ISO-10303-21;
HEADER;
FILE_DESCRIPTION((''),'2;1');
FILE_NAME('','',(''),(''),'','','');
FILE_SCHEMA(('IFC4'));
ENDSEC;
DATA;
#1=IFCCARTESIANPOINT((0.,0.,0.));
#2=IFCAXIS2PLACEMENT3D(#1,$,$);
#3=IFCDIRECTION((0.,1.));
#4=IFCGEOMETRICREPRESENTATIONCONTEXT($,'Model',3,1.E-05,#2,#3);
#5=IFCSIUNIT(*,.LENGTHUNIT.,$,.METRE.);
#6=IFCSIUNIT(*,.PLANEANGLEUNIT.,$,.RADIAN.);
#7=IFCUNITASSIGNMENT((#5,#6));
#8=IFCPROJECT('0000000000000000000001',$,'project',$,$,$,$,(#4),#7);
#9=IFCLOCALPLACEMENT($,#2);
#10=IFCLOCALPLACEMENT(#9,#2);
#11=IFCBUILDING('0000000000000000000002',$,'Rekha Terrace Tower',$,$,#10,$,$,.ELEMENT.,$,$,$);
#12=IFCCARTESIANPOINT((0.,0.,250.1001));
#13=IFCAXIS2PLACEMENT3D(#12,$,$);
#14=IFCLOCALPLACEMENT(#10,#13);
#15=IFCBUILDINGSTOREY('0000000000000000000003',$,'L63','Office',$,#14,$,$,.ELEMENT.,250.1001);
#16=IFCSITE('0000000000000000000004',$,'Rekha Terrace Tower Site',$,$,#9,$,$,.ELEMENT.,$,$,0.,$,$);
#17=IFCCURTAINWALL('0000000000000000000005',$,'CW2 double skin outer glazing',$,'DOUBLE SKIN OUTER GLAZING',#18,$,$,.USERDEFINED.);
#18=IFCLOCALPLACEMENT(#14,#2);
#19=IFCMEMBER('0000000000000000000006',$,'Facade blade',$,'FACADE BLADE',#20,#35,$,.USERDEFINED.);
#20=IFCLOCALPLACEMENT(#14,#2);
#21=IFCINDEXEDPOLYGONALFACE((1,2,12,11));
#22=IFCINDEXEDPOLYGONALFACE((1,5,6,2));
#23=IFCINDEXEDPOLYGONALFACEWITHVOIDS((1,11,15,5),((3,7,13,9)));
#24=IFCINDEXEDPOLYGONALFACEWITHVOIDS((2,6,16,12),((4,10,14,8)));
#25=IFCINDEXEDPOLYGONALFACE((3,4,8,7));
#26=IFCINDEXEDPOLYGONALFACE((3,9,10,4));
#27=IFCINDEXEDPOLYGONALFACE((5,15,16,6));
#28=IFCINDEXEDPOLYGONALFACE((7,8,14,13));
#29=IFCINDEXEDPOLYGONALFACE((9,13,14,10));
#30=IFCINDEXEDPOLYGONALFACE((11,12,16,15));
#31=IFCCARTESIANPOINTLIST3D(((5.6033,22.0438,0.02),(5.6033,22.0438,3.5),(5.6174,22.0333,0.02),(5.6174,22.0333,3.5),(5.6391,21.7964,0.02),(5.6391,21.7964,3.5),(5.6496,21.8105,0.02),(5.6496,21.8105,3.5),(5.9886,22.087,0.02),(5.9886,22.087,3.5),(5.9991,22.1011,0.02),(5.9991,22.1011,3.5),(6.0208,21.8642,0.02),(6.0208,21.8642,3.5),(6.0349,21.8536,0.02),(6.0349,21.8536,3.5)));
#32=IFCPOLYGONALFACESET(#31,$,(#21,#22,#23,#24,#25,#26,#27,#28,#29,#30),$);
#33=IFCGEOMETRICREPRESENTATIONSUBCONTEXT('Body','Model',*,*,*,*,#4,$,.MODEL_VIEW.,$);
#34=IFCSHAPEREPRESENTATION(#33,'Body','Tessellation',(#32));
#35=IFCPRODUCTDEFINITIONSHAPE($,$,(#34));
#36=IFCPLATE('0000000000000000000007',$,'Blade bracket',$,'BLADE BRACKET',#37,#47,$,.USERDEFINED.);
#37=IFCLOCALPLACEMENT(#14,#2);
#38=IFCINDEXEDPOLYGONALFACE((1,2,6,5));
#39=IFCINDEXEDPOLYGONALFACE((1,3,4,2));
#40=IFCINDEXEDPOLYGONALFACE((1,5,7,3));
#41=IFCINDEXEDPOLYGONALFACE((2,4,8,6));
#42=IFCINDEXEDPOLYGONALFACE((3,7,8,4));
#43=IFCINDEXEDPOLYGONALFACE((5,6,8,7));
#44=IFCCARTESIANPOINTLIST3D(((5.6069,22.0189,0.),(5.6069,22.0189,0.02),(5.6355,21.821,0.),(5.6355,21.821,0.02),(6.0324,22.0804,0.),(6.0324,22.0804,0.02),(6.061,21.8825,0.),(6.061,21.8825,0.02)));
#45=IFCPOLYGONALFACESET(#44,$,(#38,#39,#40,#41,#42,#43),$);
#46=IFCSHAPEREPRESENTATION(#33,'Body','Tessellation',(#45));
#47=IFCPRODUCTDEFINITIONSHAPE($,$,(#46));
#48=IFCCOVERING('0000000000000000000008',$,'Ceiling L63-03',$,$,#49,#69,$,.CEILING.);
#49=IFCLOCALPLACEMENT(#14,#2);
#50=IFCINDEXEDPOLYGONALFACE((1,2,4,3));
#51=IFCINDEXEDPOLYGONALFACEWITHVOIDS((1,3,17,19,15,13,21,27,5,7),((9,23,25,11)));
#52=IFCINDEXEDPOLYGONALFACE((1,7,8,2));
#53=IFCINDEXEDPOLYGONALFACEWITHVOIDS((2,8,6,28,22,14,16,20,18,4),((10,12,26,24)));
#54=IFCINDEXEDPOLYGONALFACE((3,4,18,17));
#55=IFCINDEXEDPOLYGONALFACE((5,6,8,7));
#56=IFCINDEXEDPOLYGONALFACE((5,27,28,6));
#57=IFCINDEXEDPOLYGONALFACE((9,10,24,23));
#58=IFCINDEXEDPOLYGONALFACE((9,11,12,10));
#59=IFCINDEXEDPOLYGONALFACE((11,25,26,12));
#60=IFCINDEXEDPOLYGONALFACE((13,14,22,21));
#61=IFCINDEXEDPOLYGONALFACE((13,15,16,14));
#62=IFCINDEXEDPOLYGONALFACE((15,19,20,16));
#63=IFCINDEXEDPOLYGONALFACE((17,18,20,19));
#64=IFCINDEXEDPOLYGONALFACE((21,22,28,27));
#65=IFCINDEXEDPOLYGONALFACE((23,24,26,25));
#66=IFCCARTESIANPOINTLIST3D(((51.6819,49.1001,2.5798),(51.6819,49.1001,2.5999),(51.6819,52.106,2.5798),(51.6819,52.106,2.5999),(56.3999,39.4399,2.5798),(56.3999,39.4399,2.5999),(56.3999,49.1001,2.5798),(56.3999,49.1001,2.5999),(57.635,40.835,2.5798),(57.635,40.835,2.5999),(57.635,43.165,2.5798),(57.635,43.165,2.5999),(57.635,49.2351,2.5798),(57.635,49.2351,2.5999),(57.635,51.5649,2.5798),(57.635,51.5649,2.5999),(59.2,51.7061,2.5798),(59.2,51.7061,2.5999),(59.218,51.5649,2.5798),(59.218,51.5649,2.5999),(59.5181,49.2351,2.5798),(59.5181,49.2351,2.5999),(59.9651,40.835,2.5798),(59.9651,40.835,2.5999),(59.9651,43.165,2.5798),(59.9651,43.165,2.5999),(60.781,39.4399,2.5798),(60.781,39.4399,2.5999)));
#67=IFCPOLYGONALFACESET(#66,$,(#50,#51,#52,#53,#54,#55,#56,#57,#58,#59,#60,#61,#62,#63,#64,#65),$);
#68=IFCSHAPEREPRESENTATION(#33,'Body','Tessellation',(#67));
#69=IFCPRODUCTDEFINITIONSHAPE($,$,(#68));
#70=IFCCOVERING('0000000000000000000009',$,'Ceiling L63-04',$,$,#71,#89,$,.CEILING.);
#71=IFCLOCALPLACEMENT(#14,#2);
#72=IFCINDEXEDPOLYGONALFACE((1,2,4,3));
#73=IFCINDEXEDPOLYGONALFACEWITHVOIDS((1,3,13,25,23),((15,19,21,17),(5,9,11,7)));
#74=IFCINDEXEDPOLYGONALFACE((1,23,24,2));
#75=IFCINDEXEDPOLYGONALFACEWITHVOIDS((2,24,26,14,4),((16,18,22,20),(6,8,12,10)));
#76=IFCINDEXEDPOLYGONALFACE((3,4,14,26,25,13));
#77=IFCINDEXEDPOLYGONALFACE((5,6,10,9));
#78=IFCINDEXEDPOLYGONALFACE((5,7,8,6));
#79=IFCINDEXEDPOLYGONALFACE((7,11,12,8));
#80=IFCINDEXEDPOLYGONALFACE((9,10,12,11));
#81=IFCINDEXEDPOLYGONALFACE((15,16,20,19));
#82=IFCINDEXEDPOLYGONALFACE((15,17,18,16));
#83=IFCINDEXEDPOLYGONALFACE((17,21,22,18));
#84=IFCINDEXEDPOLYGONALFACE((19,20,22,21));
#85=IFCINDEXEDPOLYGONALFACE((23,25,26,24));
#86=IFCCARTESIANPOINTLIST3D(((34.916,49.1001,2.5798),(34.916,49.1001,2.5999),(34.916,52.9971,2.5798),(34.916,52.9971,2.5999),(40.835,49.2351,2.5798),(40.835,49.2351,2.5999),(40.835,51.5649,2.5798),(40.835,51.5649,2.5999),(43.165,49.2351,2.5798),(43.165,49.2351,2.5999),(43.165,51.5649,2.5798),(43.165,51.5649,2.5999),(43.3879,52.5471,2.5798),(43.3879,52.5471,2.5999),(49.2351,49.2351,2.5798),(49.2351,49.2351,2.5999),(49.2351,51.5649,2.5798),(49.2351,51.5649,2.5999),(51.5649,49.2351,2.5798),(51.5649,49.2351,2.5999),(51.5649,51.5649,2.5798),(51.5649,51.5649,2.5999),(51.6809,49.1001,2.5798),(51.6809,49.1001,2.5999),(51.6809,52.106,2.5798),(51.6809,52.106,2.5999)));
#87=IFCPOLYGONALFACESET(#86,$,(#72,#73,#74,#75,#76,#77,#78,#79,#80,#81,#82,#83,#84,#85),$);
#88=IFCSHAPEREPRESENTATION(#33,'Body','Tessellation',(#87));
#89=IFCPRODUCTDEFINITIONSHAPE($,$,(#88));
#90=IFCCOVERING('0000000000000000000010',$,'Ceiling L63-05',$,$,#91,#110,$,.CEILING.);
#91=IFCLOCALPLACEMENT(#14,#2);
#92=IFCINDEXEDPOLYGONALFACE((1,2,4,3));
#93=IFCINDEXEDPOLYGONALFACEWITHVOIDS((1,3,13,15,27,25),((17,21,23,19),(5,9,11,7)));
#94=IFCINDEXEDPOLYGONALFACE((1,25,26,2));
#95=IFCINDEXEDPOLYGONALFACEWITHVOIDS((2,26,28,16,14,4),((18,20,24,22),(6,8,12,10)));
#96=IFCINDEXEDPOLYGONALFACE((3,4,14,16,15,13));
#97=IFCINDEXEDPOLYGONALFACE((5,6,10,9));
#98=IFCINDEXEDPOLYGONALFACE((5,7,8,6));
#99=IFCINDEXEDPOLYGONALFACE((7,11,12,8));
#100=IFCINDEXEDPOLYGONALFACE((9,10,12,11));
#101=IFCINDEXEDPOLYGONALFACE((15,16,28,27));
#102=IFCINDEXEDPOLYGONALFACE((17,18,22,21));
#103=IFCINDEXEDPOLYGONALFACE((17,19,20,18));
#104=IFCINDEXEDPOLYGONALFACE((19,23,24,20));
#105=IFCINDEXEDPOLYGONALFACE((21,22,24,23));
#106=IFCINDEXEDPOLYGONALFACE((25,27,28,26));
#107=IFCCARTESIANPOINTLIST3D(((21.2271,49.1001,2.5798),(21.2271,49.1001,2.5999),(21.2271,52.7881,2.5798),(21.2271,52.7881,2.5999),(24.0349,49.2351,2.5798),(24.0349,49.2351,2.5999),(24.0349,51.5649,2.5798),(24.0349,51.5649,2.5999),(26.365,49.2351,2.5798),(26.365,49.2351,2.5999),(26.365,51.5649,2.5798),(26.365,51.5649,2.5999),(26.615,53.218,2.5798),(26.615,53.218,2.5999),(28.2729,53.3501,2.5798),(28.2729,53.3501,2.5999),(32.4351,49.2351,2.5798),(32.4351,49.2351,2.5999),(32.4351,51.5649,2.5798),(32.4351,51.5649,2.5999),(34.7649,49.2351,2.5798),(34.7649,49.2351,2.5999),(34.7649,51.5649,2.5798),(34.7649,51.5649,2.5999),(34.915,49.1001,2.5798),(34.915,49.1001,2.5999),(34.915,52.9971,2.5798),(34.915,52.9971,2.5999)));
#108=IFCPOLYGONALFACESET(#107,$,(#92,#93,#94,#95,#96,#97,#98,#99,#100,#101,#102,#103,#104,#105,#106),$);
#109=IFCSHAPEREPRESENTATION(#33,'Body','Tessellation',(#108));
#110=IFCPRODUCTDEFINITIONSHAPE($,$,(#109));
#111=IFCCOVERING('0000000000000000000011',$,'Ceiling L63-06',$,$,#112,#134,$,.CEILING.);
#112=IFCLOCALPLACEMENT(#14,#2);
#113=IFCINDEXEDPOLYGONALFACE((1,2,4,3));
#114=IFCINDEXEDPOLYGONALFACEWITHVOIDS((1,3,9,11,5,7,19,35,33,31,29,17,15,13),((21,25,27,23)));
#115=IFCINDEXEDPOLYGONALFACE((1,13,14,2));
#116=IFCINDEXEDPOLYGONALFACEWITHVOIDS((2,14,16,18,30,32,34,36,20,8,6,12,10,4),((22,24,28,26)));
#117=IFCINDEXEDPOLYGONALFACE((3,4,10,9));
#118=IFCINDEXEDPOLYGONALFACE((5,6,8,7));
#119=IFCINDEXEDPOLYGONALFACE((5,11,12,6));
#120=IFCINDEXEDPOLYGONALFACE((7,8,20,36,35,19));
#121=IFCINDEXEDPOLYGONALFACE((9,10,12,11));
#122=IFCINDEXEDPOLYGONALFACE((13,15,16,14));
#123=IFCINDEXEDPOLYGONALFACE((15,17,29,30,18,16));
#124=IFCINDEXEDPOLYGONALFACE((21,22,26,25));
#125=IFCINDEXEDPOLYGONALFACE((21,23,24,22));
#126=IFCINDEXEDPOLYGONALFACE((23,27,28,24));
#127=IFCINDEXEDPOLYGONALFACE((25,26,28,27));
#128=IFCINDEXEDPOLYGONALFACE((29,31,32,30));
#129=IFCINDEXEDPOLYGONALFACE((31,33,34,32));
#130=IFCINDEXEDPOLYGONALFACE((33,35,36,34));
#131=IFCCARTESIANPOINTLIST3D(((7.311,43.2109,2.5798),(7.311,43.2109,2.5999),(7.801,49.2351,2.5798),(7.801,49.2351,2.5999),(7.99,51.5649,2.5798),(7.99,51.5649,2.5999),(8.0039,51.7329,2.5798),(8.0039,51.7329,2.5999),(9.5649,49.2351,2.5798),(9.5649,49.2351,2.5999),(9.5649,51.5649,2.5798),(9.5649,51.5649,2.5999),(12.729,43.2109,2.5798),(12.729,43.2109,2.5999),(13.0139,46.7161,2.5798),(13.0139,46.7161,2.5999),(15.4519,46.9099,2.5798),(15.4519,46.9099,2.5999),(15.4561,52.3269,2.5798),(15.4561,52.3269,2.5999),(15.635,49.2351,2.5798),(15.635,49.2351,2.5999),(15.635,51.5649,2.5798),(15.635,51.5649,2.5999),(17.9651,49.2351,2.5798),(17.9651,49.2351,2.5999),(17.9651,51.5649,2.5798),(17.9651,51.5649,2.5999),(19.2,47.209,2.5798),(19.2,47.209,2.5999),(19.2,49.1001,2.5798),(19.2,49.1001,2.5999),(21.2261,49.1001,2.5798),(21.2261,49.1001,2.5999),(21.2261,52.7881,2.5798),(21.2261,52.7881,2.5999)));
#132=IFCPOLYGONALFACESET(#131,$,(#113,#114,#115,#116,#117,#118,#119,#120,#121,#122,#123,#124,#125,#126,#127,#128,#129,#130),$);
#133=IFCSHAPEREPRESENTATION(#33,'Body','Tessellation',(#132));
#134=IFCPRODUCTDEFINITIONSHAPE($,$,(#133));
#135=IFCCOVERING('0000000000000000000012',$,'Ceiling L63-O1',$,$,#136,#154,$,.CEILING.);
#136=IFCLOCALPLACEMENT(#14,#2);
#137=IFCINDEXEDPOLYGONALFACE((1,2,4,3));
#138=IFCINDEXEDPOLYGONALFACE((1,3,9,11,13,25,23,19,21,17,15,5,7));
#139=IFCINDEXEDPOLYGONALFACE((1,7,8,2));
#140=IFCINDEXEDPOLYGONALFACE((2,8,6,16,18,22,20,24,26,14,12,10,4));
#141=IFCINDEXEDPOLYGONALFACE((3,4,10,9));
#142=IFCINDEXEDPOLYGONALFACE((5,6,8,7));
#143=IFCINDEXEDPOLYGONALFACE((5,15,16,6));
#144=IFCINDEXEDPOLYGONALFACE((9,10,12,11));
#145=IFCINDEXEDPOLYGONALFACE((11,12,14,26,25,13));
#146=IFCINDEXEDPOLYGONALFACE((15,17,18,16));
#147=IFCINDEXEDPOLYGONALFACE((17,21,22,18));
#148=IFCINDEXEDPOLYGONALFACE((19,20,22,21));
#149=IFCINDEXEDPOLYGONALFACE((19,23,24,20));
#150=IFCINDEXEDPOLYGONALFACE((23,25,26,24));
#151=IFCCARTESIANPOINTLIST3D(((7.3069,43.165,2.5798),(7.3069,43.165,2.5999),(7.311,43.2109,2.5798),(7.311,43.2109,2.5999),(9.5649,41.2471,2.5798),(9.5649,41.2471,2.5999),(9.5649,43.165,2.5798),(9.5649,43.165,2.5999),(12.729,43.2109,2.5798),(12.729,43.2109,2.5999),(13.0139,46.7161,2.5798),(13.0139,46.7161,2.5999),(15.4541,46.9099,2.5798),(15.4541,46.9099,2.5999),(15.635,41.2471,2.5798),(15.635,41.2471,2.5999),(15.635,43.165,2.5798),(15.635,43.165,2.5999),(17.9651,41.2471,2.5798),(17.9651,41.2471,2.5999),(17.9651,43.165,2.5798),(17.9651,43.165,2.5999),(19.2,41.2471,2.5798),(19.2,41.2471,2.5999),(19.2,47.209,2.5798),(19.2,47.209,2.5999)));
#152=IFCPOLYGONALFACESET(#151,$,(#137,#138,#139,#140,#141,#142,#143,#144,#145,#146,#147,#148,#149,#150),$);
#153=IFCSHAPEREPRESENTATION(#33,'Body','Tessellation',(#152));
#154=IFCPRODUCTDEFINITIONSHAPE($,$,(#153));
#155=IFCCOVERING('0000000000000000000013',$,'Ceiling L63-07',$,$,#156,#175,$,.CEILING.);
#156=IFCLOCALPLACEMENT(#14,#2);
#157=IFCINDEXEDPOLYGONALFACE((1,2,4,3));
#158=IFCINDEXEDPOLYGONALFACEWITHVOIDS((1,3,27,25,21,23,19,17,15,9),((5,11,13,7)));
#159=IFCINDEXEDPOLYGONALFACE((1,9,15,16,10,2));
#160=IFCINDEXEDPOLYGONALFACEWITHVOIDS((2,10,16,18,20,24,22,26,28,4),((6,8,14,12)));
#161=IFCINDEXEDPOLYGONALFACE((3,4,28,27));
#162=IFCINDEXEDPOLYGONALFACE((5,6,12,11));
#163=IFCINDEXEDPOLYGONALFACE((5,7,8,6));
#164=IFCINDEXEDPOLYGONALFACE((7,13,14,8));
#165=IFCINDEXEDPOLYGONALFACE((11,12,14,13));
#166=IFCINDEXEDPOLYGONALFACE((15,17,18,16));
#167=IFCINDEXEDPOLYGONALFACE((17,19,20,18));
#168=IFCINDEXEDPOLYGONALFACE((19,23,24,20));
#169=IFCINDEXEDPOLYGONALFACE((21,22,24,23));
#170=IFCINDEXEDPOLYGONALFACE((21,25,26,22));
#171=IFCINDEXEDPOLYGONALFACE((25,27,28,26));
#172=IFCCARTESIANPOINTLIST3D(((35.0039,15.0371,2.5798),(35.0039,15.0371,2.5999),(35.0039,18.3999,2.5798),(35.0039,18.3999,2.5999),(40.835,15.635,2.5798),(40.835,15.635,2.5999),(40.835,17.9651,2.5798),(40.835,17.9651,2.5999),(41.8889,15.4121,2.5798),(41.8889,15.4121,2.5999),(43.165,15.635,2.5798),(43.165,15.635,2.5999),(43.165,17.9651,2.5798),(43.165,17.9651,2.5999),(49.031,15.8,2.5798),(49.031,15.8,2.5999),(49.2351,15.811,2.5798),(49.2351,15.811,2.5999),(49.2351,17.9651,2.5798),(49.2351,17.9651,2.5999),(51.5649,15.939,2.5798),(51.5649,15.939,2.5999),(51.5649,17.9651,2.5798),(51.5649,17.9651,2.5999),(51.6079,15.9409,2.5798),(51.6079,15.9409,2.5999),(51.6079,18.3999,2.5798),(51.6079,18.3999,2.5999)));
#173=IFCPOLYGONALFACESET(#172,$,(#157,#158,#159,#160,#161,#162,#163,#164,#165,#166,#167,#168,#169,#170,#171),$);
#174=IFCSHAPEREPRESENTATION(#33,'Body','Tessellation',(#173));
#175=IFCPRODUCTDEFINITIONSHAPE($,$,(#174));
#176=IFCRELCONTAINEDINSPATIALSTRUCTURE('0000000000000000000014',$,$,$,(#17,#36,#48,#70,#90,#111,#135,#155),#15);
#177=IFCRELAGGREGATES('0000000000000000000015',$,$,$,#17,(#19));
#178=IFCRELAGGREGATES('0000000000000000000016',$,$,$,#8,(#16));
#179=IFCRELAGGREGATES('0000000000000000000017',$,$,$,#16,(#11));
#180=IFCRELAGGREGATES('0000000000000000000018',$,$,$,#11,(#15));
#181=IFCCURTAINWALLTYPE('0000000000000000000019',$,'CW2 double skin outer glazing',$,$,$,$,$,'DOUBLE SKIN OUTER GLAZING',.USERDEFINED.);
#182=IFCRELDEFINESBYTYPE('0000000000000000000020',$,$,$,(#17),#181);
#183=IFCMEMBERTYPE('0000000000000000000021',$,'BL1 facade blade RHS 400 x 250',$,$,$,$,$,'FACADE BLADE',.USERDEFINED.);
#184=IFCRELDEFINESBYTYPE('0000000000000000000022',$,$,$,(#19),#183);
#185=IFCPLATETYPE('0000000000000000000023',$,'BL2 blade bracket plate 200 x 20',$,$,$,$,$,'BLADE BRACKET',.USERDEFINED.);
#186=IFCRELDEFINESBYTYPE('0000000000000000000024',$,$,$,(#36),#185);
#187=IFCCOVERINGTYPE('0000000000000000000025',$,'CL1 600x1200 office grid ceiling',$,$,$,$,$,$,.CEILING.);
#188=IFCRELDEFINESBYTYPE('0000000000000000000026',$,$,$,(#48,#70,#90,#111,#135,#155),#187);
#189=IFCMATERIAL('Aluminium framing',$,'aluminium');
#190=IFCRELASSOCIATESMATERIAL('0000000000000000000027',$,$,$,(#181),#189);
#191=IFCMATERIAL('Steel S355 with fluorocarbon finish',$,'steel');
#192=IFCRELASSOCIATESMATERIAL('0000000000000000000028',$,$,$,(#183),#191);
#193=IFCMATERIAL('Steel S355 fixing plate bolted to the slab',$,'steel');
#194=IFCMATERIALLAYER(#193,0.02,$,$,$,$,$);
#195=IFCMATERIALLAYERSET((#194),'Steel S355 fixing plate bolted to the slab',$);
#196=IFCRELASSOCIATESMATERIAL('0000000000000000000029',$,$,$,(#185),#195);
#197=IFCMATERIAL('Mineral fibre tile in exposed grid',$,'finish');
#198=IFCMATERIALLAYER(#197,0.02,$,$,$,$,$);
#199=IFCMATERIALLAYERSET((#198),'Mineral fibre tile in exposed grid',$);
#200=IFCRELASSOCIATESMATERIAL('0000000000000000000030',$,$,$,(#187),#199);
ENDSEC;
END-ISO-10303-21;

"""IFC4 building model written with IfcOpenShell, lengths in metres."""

from ifc_helpers import new_model, si_unit, direction, frame, origin, origin_2d, place, context, subcontext, project, spatial, polyline, rectangle, hollow_rectangle, outline, extrude, material, layer, layer_set, material_profile, profile_set, type_object, element, aggregate, save


model = new_model("IFC4")

# Units and contexts
model_context = context("Model", 3, precision=1e-05, world=origin(), true_north=direction((0.0, 1.0)))
body_context = subcontext(model_context, "Body", "Model", "MODEL_VIEW")
ifc_project = project(units=[si_unit("LENGTHUNIT", "METRE"), si_unit("PLANEANGLEUNIT", "RADIAN")], contexts=[model_context])

# Site, building, storey
site_placement = place(None, origin())
site = spatial("IfcSite", under=ifc_project, at=site_placement, Name="Rekha Terrace Tower Site", CompositionType="ELEMENT", RefElevation=0.0)
building_placement = place(site_placement, origin())
building = spatial("IfcBuilding", under=site, at=building_placement, Name="Rekha Terrace Tower", CompositionType="ELEMENT")
storey_placement = place(building_placement, frame((0.0, 0.0, 250.1001)))
storey = spatial("IfcBuildingStorey", under=building, at=storey_placement, Name="L63", Description="Office", CompositionType="ELEMENT", Elevation=250.1001)

# Curtain wall, member
ifc_material_1 = material(Name="Aluminium framing", Category="aluminium")
curtain_wall_type = type_object("IfcCurtainWallType", Name="CW2 double skin outer glazing", ElementType="DOUBLE SKIN OUTER GLAZING", PredefinedType="USERDEFINED", material=ifc_material_1)
curtain_wall_placement = place(storey_placement, origin())
curtain_wall = element("IfcCurtainWall", 1, at=curtain_wall_placement, inside=storey, type_object=curtain_wall_type, Name="CW2 double skin outer glazing", ObjectType="DOUBLE SKIN OUTER GLAZING", PredefinedType="USERDEFINED")
ifc_material_2 = material(Name="Steel S355 with fluorocarbon finish", Category="steel")
ifc_material_profile = material_profile(ifc_material_2, hollow_rectangle(XDim=0.25, YDim=0.3999, WallThickness=0.0125, at=origin_2d()), Name="RHS400x250x12.5")
ifc_profile_set = profile_set([ifc_material_profile], Name="Steel S355 with fluorocarbon finish")
member_type = type_object("IfcMemberType", Name="BL1 facade blade RHS 400 x 250", ElementType="FACADE BLADE", PredefinedType="USERDEFINED", material=ifc_profile_set)
member_placement = place(storey_placement, frame((5.8191, 21.9487, 0.02), z_axis=(0.0, 0.0, 1.0), x_axis=(0.143109, -0.989707, 0.0)))
member = element("IfcMember", 2, at=member_placement, type_object=member_type, Name="Facade blade", ObjectType="FACADE BLADE", PredefinedType="USERDEFINED", context=body_context, shape_type="SweptSolid", body=[
    extrude(hollow_rectangle(XDim=0.25, YDim=0.3999, WallThickness=0.0125, at=origin_2d()), origin(), (0.0, 0.0, 1.0), 3.48),
])
aggregate(curtain_wall, [member])

# Plate
ifc_material_3 = material(Name="Steel S355 fixing plate bolted to the slab", Category="steel")
ifc_layer_1 = layer(ifc_material_3, 0.02)
ifc_layer_set_1 = layer_set([ifc_layer_1], Name="Steel S355 fixing plate bolted to the slab")
plate_type = type_object("IfcPlateType", Name="BL2 blade bracket plate 200 x 20", ElementType="BLADE BRACKET", PredefinedType="USERDEFINED", material=ifc_layer_set_1)
plate_placement = place(storey_placement, frame((5.834, 21.9507, 0.0), z_axis=(0.0, 0.0, 1.0), x_axis=(-0.989707, -0.143109, 0.0)))
element("IfcPlate", 3, at=plate_placement, inside=storey, type_object=plate_type, Name="Blade bracket", ObjectType="BLADE BRACKET", PredefinedType="USERDEFINED", context=body_context, shape_type="SweptSolid", body=[
    extrude(rectangle(XDim=0.4299, YDim=0.2, at=origin_2d()), origin(), (0.0, 0.0, 1.0), 0.02),
])

# Coverings
ifc_material_4 = material(Name="Mineral fibre tile in exposed grid", Category="finish")
ifc_layer_2 = layer(ifc_material_4, 0.02)
ifc_layer_set_2 = layer_set([ifc_layer_2], Name="Mineral fibre tile in exposed grid")
covering_type_1 = type_object("IfcCoveringType", Name="CL1 600x1200 office grid ceiling", PredefinedType="CEILING", material=ifc_layer_set_2)
covering_1_placement = place(storey_placement, frame((0.0, 0.0, 2.5798)))
element("IfcCovering", 4, at=covering_1_placement, inside=storey, type_object=covering_type_1, Name="Ceiling L63-03", PredefinedType="CEILING", context=body_context, shape_type="SweptSolid", body=[
    extrude(outline(polyline([(59.2, 51.7061), (51.6819, 52.106), (51.6819, 49.1001), (56.3999, 49.1001), (56.3999, 39.4399), (60.781, 39.4399), (59.5181, 49.2351), (57.635, 49.2351), (57.635, 51.5649), (59.218, 51.5649), (59.2, 51.7061)]), holes=[polyline([(59.9651, 40.835), (57.635, 40.835), (57.635, 43.165), (59.9651, 43.165), (59.9651, 40.835)])]), origin(), (0.0, 0.0, 1.0), 0.02),
])
covering_2_placement = place(storey_placement, frame((0.0, 0.0, 2.5798)))
element("IfcCovering", 5, at=covering_2_placement, inside=storey, type_object=covering_type_1, Name="Ceiling L63-04", PredefinedType="CEILING", context=body_context, shape_type="SweptSolid", body=[
    extrude(outline(polyline([(51.6809, 52.106), (43.3879, 52.5471), (34.916, 52.9971), (34.916, 49.1001), (51.6809, 49.1001), (51.6809, 52.106)]), holes=[polyline([(51.5649, 51.5649), (51.5649, 49.2351), (49.2351, 49.2351), (49.2351, 51.5649), (51.5649, 51.5649)]), polyline([(43.165, 49.2351), (40.835, 49.2351), (40.835, 51.5649), (43.165, 51.5649), (43.165, 49.2351)])]), origin(), (0.0, 0.0, 1.0), 0.02),
])
covering_3_placement = place(storey_placement, frame((0.0, 0.0, 2.5798)))
element("IfcCovering", 6, at=covering_3_placement, inside=storey, type_object=covering_type_1, Name="Ceiling L63-05", PredefinedType="CEILING", context=body_context, shape_type="SweptSolid", body=[
    extrude(outline(polyline([(28.2729, 53.3501), (26.615, 53.218), (21.2271, 52.7881), (21.2271, 49.1001), (34.915, 49.1001), (34.915, 52.9971), (28.2729, 53.3501)]), holes=[polyline([(34.7649, 49.2351), (32.4351, 49.2351), (32.4351, 51.5649), (34.7649, 51.5649), (34.7649, 49.2351)]), polyline([(26.365, 51.5649), (26.365, 49.2351), (24.0349, 49.2351), (24.0349, 51.5649), (26.365, 51.5649)])]), origin(), (0.0, 0.0, 1.0), 0.02),
])
covering_4_placement = place(storey_placement, frame((0.0, 0.0, 2.5798)))
element("IfcCovering", 7, at=covering_4_placement, inside=storey, type_object=covering_type_1, Name="Ceiling L63-06", PredefinedType="CEILING", context=body_context, shape_type="SweptSolid", body=[
    extrude(outline(polyline([(7.801, 49.2351), (7.311, 43.2109), (12.729, 43.2109), (13.0139, 46.7161), (15.4519, 46.9099), (19.2, 47.209), (19.2, 49.1001), (21.2261, 49.1001), (21.2261, 52.7881), (15.4561, 52.3269), (8.0039, 51.7329), (7.99, 51.5649), (9.5649, 51.5649), (9.5649, 49.2351), (7.801, 49.2351)]), holes=[polyline([(17.9651, 49.2351), (15.635, 49.2351), (15.635, 51.5649), (17.9651, 51.5649), (17.9651, 49.2351)])]), origin(), (0.0, 0.0, 1.0), 0.02),
])
covering_5_placement = place(storey_placement, frame((0.0, 0.0, 2.5798)))
element("IfcCovering", 8, at=covering_5_placement, inside=storey, type_object=covering_type_1, Name="Ceiling L63-O1", PredefinedType="CEILING", context=body_context, shape_type="SweptSolid", body=[
    extrude(outline(polyline([(19.2, 47.209), (15.4541, 46.9099), (13.0139, 46.7161), (12.729, 43.2109), (7.311, 43.2109), (7.3069, 43.165), (9.5649, 43.165), (9.5649, 41.2471), (15.635, 41.2471), (15.635, 43.165), (17.9651, 43.165), (17.9651, 41.2471), (19.2, 41.2471), (19.2, 47.209)])), origin(), (0.0, 0.0, 1.0), 0.02),
])
covering_6_placement = place(storey_placement, frame((0.0, 0.0, 2.5798)))
element("IfcCovering", 9, at=covering_6_placement, inside=storey, type_object=covering_type_1, Name="Ceiling L63-07", PredefinedType="CEILING", context=body_context, shape_type="SweptSolid", body=[
    extrude(outline(polyline([(51.6079, 18.3999), (35.0039, 18.3999), (35.0039, 15.0371), (41.8889, 15.4121), (49.031, 15.8), (49.2351, 15.811), (49.2351, 17.9651), (51.5649, 17.9651), (51.5649, 15.939), (51.6079, 15.9409), (51.6079, 18.3999)]), holes=[polyline([(43.165, 17.9651), (43.165, 15.635), (40.835, 15.635), (40.835, 17.9651), (43.165, 17.9651)])]), origin(), (0.0, 0.0, 1.0), 0.02),
])

save(model, "model.ifc")
